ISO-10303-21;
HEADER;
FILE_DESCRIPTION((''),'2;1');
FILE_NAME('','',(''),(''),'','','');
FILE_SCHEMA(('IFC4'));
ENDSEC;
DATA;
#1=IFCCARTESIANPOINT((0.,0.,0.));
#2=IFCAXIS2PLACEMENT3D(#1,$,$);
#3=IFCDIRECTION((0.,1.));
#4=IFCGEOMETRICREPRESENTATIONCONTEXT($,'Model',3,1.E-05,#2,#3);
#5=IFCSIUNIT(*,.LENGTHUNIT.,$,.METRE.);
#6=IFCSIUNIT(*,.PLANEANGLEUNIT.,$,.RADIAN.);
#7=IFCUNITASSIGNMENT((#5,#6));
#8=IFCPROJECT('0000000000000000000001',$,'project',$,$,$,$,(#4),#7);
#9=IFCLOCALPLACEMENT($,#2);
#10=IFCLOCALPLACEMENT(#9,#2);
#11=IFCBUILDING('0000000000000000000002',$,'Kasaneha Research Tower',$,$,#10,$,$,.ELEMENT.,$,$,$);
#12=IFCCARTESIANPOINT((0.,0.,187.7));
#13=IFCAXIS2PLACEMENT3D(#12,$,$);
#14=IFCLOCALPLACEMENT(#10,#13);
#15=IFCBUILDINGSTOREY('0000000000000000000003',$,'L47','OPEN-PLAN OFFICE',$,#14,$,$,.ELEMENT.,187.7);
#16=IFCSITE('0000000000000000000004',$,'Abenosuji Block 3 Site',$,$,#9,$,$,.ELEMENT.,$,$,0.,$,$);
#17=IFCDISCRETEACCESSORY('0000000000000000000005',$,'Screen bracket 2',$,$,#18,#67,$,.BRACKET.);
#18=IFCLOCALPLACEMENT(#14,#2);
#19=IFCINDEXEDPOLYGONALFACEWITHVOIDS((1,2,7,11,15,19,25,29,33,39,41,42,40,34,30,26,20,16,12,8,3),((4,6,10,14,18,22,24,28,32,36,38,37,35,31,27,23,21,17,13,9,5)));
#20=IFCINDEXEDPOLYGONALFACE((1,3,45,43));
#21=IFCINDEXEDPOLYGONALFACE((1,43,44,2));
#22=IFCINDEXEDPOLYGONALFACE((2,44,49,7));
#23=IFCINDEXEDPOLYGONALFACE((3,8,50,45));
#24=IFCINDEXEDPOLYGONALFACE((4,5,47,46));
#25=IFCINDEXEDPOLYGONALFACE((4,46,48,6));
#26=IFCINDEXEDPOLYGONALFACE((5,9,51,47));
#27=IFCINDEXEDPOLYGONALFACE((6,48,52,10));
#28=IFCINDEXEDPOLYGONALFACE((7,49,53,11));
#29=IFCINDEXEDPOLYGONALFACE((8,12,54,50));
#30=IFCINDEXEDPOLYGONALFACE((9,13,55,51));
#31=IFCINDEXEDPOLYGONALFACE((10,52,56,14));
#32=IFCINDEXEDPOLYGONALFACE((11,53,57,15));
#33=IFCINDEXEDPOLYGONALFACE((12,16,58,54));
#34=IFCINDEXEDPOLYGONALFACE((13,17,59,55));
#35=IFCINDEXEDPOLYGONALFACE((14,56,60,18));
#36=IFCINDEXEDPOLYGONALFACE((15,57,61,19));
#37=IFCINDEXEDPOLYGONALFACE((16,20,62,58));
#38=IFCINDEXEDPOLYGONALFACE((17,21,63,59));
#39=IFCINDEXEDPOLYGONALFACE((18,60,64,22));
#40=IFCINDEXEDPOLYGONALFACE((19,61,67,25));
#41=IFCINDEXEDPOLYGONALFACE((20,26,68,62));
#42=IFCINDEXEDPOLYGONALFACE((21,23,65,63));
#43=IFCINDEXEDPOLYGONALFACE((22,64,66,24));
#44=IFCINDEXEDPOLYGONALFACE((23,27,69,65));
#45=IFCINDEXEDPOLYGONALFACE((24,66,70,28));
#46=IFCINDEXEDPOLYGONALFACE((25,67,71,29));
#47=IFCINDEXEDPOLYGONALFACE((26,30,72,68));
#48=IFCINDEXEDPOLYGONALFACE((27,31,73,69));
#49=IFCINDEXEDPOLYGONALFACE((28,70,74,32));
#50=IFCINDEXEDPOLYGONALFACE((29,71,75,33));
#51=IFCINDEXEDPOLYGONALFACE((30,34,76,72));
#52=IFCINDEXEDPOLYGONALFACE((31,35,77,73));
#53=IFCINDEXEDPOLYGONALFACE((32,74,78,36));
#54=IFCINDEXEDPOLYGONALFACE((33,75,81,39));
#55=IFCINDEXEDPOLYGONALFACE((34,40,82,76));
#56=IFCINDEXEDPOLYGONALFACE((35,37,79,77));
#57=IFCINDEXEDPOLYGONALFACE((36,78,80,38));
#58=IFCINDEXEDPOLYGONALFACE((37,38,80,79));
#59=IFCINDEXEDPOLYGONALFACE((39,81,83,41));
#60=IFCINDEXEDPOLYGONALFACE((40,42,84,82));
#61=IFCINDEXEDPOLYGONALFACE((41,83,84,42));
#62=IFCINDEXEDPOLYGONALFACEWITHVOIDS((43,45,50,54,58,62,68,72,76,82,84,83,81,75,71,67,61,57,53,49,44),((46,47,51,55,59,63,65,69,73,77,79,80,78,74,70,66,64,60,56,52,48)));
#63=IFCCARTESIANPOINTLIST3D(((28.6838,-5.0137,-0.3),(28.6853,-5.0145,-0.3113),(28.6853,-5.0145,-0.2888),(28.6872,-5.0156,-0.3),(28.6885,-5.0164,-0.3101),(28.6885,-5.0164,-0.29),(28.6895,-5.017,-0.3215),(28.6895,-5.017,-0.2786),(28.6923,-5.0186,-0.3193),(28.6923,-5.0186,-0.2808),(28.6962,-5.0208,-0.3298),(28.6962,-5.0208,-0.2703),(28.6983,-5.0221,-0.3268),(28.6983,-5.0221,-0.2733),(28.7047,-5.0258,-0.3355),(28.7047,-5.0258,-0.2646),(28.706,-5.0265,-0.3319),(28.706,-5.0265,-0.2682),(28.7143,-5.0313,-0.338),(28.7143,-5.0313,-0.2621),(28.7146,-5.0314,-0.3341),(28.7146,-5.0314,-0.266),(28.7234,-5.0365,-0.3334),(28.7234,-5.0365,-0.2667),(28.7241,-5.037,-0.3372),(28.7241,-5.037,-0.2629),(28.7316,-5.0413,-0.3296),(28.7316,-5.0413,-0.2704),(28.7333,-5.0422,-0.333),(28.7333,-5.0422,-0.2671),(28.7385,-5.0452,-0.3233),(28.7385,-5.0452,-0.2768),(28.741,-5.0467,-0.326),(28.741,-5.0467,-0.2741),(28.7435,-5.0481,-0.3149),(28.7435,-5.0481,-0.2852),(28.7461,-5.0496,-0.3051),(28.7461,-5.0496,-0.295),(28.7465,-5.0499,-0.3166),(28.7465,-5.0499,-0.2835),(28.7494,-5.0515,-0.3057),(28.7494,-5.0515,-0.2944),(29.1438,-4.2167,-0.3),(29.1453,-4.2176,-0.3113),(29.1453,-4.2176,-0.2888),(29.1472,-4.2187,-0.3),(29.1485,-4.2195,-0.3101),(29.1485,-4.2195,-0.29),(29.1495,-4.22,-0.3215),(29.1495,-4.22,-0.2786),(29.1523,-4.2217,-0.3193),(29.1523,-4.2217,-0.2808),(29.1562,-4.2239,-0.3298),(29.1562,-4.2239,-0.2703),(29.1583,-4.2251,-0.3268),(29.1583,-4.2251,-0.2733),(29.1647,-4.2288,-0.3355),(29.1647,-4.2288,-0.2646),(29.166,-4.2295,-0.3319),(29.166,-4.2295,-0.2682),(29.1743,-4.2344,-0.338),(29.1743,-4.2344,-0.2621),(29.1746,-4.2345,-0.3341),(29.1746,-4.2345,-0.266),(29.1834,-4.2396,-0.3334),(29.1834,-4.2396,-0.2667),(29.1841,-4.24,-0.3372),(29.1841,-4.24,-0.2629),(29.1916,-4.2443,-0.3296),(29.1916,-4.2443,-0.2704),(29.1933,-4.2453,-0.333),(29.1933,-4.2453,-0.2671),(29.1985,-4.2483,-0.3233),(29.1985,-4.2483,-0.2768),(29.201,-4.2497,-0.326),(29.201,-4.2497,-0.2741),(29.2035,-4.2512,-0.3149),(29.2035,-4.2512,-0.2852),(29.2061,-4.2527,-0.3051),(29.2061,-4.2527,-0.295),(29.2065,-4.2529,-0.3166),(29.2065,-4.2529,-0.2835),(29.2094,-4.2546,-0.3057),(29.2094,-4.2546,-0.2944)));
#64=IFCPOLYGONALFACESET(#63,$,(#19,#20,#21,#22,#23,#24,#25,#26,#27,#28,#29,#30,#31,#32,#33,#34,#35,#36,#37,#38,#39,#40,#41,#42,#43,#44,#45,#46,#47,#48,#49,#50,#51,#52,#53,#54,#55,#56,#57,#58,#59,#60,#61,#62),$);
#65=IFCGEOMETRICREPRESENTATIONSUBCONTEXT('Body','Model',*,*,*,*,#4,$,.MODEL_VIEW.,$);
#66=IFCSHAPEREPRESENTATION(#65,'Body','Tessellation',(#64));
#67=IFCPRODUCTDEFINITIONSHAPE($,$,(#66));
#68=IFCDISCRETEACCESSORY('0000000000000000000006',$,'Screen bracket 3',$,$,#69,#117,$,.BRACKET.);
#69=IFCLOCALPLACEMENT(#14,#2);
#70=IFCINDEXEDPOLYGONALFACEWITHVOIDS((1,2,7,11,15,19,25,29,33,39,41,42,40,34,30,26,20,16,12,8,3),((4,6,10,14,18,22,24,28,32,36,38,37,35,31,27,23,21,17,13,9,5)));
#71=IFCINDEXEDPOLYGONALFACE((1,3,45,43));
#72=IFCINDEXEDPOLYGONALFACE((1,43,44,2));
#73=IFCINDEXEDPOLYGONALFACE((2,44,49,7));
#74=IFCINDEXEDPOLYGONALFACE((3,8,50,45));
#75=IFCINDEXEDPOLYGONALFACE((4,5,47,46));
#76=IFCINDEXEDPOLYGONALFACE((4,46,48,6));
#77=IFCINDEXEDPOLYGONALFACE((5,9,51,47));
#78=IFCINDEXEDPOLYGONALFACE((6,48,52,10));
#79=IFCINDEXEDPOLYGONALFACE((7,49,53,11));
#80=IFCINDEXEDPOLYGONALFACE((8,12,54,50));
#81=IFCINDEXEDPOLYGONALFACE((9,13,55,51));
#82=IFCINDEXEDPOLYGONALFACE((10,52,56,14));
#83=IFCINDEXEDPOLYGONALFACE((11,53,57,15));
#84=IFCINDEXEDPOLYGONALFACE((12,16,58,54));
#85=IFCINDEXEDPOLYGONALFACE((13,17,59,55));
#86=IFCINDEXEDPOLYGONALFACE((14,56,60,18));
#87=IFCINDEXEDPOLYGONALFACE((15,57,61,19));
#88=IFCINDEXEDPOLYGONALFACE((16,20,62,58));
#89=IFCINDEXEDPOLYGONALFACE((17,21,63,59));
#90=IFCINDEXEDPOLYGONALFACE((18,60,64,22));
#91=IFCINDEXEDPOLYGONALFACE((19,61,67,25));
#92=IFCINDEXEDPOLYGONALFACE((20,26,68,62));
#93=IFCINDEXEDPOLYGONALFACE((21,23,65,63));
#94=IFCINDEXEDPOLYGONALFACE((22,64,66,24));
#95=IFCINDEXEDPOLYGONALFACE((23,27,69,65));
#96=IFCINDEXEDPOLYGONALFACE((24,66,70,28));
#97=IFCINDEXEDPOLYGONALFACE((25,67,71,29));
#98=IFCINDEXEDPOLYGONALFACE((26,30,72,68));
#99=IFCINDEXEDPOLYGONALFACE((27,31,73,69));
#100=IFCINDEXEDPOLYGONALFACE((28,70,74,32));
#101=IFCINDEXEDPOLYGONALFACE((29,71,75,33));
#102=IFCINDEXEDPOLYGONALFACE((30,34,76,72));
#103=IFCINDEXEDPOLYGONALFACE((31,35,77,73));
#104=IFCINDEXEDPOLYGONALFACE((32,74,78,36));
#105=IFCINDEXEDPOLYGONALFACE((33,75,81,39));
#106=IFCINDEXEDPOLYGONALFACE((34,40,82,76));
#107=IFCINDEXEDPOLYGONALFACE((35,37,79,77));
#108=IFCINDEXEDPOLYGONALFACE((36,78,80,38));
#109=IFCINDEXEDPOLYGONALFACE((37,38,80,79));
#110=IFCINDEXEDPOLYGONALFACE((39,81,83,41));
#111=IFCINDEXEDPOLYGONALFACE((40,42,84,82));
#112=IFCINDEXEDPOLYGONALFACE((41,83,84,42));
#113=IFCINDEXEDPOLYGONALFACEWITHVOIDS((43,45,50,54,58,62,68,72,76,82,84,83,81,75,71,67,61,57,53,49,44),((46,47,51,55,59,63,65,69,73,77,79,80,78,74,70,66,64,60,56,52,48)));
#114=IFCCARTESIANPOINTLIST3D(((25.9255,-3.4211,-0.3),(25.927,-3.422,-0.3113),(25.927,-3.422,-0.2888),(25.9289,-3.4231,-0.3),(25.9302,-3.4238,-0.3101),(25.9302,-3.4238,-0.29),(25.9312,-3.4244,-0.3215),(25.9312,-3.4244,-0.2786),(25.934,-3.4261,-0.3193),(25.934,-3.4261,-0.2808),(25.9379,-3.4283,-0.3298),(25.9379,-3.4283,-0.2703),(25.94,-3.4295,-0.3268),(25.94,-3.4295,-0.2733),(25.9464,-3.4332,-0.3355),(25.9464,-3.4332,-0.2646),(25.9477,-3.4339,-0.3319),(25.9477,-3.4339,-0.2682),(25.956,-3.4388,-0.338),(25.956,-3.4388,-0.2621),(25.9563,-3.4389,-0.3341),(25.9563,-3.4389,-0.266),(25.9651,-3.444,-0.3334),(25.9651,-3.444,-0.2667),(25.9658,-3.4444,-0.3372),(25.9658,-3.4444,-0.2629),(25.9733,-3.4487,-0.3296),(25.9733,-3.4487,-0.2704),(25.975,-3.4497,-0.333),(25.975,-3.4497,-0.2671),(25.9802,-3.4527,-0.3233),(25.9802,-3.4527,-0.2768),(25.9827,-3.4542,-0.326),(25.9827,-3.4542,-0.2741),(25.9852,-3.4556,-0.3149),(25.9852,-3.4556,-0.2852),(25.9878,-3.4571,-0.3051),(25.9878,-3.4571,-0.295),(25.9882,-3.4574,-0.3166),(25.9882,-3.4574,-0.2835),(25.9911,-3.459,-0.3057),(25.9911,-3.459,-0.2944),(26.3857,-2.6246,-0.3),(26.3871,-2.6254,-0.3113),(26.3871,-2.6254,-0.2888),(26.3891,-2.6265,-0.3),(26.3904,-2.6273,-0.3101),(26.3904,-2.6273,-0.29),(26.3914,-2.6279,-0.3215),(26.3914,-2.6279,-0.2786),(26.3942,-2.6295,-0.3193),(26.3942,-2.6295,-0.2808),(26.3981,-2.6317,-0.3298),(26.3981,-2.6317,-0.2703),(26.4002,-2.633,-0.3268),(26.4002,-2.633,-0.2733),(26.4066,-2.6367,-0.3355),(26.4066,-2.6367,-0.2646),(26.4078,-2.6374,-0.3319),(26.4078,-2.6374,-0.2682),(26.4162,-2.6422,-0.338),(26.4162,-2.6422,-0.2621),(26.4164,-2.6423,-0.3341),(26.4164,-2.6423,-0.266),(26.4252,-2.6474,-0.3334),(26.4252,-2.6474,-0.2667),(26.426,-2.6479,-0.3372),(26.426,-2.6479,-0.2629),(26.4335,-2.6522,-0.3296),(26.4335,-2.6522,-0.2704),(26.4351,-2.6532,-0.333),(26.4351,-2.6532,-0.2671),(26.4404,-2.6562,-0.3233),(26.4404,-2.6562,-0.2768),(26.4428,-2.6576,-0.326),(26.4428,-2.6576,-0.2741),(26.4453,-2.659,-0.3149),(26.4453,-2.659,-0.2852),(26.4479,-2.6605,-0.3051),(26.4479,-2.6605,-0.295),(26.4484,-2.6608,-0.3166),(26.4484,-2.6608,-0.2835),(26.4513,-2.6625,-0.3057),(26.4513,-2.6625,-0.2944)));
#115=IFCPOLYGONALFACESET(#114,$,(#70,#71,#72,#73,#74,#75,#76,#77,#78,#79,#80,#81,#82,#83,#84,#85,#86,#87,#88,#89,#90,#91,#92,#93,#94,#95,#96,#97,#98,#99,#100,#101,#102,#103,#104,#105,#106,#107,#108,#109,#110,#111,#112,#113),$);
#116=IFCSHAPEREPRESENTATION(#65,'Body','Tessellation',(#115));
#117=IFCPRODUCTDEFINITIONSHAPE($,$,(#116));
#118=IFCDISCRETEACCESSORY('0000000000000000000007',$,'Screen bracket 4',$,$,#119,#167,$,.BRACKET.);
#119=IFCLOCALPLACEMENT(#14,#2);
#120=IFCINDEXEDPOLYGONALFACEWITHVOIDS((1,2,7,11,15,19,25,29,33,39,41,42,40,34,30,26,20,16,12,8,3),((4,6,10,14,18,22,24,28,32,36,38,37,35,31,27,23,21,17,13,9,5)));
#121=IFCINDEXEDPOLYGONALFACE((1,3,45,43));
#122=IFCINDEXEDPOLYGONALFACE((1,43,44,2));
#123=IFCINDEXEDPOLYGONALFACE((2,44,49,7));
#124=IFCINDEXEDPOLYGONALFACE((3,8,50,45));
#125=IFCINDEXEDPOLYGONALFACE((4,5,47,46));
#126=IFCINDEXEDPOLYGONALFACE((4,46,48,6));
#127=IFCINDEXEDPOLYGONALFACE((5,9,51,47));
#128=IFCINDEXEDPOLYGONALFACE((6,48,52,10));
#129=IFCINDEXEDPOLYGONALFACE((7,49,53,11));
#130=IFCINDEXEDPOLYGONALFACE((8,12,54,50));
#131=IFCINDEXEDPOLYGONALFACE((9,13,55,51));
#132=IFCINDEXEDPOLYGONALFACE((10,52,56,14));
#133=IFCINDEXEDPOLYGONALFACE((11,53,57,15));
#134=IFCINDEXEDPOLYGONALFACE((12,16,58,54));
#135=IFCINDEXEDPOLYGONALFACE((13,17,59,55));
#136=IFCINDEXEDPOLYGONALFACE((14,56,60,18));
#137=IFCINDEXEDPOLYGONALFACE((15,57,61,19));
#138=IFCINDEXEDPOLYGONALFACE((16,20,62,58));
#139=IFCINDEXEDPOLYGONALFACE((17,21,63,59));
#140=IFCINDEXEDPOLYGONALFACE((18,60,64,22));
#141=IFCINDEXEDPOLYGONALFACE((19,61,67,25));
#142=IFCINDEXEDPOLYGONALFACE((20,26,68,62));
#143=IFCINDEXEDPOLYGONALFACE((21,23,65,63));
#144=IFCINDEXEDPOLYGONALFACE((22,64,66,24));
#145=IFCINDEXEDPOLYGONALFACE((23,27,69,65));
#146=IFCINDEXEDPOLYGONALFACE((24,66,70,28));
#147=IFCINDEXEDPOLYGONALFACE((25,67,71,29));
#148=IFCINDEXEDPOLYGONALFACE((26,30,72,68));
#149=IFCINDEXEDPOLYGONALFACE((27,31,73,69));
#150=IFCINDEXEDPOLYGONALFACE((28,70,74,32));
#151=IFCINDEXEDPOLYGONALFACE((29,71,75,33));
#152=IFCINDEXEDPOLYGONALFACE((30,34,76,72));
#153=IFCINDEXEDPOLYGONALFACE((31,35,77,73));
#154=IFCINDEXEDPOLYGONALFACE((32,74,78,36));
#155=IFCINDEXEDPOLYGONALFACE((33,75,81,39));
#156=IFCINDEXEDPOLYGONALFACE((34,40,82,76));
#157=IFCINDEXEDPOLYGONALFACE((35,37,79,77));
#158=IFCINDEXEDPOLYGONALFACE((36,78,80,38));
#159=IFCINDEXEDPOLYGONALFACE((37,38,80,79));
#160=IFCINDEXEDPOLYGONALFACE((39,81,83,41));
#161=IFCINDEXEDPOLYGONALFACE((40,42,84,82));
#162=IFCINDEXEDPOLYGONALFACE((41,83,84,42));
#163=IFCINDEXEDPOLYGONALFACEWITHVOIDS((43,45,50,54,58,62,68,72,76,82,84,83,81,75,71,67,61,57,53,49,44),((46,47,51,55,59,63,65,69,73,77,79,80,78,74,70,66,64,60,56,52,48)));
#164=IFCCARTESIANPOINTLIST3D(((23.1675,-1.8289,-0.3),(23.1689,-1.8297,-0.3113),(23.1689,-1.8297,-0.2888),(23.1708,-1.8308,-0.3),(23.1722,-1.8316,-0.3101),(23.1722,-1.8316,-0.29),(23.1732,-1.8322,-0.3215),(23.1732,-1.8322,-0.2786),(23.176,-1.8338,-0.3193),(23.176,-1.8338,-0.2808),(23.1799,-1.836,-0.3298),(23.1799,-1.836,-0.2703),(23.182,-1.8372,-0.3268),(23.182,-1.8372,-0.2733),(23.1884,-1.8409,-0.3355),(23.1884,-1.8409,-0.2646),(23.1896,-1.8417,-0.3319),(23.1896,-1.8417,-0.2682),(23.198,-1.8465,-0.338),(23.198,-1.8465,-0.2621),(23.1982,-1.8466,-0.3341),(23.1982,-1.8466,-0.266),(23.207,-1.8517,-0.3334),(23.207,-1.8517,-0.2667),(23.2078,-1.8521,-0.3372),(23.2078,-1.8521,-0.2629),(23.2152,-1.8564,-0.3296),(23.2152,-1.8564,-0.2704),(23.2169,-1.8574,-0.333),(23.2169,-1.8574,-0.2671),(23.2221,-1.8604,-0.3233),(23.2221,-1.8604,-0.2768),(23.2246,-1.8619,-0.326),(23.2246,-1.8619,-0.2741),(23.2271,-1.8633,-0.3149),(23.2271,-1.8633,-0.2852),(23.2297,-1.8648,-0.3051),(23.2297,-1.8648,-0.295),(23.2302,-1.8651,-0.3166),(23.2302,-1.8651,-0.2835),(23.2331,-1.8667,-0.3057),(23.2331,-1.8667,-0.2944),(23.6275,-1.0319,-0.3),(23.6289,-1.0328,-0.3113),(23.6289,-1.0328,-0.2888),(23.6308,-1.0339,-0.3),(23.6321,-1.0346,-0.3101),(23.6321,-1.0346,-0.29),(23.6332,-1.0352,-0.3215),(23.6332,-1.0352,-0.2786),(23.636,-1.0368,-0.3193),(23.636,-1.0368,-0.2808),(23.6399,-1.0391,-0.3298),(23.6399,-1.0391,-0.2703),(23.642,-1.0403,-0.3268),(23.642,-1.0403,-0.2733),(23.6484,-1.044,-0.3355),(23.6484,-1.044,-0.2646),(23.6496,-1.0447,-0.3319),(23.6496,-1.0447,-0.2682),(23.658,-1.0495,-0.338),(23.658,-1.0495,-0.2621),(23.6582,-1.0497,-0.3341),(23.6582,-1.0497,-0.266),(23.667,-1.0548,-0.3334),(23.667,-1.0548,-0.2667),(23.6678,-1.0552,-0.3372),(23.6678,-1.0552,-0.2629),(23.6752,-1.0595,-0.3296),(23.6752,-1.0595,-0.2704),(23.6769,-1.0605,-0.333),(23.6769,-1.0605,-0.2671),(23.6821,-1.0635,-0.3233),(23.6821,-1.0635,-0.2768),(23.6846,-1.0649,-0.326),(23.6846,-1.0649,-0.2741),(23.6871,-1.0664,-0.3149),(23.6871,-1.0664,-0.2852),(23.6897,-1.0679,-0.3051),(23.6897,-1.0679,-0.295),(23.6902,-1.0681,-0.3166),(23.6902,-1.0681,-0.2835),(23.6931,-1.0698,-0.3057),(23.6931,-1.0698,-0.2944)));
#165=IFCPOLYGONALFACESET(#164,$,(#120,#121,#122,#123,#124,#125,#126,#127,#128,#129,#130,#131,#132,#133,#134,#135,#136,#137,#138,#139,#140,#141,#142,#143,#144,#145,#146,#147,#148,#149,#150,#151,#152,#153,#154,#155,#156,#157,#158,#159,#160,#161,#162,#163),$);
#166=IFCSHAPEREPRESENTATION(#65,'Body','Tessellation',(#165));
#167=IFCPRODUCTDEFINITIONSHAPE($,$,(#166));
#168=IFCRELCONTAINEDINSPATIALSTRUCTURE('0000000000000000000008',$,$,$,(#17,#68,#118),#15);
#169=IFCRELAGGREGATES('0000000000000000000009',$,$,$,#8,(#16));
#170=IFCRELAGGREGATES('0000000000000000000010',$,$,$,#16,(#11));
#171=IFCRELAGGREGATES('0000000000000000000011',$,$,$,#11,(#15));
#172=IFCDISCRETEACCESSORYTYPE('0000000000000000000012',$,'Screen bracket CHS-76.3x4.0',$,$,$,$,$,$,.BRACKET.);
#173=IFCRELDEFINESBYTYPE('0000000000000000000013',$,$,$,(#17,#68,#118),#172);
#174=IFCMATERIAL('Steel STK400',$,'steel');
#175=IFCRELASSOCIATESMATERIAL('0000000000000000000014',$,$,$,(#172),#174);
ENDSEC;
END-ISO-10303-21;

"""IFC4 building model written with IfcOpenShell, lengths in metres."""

from ifc_helpers import new_model, si_unit, direction, frame, origin, origin_2d, place, context, subcontext, project, spatial, hollow_circle, extrude, material, material_profile, profile_set, type_object, element, save


model = new_model("IFC4")

# Units and contexts
model_context = context("Model", 3, precision=1e-05, world=origin(), true_north=direction((0.0, 1.0)))
body_context = subcontext(model_context, "Body", "Model", "MODEL_VIEW")
ifc_project = project(units=[si_unit("LENGTHUNIT", "METRE"), si_unit("PLANEANGLEUNIT", "RADIAN")], contexts=[model_context])

# Site, building, storey
site_placement = place(None, origin())
site = spatial("IfcSite", under=ifc_project, at=site_placement, Name="Abenosuji Block 3 Site", CompositionType="ELEMENT", RefElevation=0.0)
building_placement = place(site_placement, origin())
building = spatial("IfcBuilding", under=site, at=building_placement, Name="Kasaneha Research Tower", CompositionType="ELEMENT")
storey_placement = place(building_placement, frame((0.0, 0.0, 187.7)))
storey = spatial("IfcBuildingStorey", under=building, at=storey_placement, Name="L47", Description="OPEN-PLAN OFFICE", CompositionType="ELEMENT", Elevation=187.7)

# Discrete accessories
ifc_material_1 = material(Name="Steel STK400", Category="steel")
ifc_material_profile_1 = material_profile(ifc_material_1, hollow_circle(Radius=0.0381, WallThickness=0.0039, at=origin_2d()), Name="CHS-76.3x4.0")
ifc_profile_set_1 = profile_set([ifc_material_profile_1], Name="Steel STK400")
discrete_accessory_type = type_object("IfcDiscreteAccessoryType", Name="Screen bracket CHS-76.3x4.0", PredefinedType="BRACKET", material=ifc_profile_set_1)
discrete_accessory_1_placement = place(storey_placement, frame((28.7168, -5.0327, -0.3), z_axis=(0.499906, 0.86608, 0.0), x_axis=(-0.86608, 0.499906, 0.0)))
element("IfcDiscreteAccessory", 1, at=discrete_accessory_1_placement, inside=storey, type_object=discrete_accessory_type, Name="Screen bracket 2", PredefinedType="BRACKET", context=body_context, shape_type="SweptSolid", body=[
    extrude(hollow_circle(Radius=0.0381, WallThickness=0.0039, at=origin_2d()), origin(), (0.0, 0.0, 1.0), 0.9202),
])
discrete_accessory_2_placement = place(storey_placement, frame((25.9585, -3.4402, -0.3), z_axis=(0.50022, 0.865898, 0.0), x_axis=(-0.865898, 0.50022, 0.0)))
element("IfcDiscreteAccessory", 2, at=discrete_accessory_2_placement, inside=storey, type_object=discrete_accessory_type, Name="Screen bracket 3", PredefinedType="BRACKET", context=body_context, shape_type="SweptSolid", body=[
    extrude(hollow_circle(Radius=0.0381, WallThickness=0.0039, at=origin_2d()), origin(), (0.0, 0.0, 1.0), 0.9199),
])
discrete_accessory_3_placement = place(storey_placement, frame((23.2004, -1.8479, -0.3), z_axis=(0.499906, 0.86608, 0.0), x_axis=(-0.86608, 0.499906, 0.0)))
element("IfcDiscreteAccessory", 3, at=discrete_accessory_3_placement, inside=storey, type_object=discrete_accessory_type, Name="Screen bracket 4", PredefinedType="BRACKET", context=body_context, shape_type="SweptSolid", body=[
    extrude(hollow_circle(Radius=0.0381, WallThickness=0.0039, at=origin_2d()), origin(), (0.0, 0.0, 1.0), 0.9202),
])

save(model, "model.ifc")
